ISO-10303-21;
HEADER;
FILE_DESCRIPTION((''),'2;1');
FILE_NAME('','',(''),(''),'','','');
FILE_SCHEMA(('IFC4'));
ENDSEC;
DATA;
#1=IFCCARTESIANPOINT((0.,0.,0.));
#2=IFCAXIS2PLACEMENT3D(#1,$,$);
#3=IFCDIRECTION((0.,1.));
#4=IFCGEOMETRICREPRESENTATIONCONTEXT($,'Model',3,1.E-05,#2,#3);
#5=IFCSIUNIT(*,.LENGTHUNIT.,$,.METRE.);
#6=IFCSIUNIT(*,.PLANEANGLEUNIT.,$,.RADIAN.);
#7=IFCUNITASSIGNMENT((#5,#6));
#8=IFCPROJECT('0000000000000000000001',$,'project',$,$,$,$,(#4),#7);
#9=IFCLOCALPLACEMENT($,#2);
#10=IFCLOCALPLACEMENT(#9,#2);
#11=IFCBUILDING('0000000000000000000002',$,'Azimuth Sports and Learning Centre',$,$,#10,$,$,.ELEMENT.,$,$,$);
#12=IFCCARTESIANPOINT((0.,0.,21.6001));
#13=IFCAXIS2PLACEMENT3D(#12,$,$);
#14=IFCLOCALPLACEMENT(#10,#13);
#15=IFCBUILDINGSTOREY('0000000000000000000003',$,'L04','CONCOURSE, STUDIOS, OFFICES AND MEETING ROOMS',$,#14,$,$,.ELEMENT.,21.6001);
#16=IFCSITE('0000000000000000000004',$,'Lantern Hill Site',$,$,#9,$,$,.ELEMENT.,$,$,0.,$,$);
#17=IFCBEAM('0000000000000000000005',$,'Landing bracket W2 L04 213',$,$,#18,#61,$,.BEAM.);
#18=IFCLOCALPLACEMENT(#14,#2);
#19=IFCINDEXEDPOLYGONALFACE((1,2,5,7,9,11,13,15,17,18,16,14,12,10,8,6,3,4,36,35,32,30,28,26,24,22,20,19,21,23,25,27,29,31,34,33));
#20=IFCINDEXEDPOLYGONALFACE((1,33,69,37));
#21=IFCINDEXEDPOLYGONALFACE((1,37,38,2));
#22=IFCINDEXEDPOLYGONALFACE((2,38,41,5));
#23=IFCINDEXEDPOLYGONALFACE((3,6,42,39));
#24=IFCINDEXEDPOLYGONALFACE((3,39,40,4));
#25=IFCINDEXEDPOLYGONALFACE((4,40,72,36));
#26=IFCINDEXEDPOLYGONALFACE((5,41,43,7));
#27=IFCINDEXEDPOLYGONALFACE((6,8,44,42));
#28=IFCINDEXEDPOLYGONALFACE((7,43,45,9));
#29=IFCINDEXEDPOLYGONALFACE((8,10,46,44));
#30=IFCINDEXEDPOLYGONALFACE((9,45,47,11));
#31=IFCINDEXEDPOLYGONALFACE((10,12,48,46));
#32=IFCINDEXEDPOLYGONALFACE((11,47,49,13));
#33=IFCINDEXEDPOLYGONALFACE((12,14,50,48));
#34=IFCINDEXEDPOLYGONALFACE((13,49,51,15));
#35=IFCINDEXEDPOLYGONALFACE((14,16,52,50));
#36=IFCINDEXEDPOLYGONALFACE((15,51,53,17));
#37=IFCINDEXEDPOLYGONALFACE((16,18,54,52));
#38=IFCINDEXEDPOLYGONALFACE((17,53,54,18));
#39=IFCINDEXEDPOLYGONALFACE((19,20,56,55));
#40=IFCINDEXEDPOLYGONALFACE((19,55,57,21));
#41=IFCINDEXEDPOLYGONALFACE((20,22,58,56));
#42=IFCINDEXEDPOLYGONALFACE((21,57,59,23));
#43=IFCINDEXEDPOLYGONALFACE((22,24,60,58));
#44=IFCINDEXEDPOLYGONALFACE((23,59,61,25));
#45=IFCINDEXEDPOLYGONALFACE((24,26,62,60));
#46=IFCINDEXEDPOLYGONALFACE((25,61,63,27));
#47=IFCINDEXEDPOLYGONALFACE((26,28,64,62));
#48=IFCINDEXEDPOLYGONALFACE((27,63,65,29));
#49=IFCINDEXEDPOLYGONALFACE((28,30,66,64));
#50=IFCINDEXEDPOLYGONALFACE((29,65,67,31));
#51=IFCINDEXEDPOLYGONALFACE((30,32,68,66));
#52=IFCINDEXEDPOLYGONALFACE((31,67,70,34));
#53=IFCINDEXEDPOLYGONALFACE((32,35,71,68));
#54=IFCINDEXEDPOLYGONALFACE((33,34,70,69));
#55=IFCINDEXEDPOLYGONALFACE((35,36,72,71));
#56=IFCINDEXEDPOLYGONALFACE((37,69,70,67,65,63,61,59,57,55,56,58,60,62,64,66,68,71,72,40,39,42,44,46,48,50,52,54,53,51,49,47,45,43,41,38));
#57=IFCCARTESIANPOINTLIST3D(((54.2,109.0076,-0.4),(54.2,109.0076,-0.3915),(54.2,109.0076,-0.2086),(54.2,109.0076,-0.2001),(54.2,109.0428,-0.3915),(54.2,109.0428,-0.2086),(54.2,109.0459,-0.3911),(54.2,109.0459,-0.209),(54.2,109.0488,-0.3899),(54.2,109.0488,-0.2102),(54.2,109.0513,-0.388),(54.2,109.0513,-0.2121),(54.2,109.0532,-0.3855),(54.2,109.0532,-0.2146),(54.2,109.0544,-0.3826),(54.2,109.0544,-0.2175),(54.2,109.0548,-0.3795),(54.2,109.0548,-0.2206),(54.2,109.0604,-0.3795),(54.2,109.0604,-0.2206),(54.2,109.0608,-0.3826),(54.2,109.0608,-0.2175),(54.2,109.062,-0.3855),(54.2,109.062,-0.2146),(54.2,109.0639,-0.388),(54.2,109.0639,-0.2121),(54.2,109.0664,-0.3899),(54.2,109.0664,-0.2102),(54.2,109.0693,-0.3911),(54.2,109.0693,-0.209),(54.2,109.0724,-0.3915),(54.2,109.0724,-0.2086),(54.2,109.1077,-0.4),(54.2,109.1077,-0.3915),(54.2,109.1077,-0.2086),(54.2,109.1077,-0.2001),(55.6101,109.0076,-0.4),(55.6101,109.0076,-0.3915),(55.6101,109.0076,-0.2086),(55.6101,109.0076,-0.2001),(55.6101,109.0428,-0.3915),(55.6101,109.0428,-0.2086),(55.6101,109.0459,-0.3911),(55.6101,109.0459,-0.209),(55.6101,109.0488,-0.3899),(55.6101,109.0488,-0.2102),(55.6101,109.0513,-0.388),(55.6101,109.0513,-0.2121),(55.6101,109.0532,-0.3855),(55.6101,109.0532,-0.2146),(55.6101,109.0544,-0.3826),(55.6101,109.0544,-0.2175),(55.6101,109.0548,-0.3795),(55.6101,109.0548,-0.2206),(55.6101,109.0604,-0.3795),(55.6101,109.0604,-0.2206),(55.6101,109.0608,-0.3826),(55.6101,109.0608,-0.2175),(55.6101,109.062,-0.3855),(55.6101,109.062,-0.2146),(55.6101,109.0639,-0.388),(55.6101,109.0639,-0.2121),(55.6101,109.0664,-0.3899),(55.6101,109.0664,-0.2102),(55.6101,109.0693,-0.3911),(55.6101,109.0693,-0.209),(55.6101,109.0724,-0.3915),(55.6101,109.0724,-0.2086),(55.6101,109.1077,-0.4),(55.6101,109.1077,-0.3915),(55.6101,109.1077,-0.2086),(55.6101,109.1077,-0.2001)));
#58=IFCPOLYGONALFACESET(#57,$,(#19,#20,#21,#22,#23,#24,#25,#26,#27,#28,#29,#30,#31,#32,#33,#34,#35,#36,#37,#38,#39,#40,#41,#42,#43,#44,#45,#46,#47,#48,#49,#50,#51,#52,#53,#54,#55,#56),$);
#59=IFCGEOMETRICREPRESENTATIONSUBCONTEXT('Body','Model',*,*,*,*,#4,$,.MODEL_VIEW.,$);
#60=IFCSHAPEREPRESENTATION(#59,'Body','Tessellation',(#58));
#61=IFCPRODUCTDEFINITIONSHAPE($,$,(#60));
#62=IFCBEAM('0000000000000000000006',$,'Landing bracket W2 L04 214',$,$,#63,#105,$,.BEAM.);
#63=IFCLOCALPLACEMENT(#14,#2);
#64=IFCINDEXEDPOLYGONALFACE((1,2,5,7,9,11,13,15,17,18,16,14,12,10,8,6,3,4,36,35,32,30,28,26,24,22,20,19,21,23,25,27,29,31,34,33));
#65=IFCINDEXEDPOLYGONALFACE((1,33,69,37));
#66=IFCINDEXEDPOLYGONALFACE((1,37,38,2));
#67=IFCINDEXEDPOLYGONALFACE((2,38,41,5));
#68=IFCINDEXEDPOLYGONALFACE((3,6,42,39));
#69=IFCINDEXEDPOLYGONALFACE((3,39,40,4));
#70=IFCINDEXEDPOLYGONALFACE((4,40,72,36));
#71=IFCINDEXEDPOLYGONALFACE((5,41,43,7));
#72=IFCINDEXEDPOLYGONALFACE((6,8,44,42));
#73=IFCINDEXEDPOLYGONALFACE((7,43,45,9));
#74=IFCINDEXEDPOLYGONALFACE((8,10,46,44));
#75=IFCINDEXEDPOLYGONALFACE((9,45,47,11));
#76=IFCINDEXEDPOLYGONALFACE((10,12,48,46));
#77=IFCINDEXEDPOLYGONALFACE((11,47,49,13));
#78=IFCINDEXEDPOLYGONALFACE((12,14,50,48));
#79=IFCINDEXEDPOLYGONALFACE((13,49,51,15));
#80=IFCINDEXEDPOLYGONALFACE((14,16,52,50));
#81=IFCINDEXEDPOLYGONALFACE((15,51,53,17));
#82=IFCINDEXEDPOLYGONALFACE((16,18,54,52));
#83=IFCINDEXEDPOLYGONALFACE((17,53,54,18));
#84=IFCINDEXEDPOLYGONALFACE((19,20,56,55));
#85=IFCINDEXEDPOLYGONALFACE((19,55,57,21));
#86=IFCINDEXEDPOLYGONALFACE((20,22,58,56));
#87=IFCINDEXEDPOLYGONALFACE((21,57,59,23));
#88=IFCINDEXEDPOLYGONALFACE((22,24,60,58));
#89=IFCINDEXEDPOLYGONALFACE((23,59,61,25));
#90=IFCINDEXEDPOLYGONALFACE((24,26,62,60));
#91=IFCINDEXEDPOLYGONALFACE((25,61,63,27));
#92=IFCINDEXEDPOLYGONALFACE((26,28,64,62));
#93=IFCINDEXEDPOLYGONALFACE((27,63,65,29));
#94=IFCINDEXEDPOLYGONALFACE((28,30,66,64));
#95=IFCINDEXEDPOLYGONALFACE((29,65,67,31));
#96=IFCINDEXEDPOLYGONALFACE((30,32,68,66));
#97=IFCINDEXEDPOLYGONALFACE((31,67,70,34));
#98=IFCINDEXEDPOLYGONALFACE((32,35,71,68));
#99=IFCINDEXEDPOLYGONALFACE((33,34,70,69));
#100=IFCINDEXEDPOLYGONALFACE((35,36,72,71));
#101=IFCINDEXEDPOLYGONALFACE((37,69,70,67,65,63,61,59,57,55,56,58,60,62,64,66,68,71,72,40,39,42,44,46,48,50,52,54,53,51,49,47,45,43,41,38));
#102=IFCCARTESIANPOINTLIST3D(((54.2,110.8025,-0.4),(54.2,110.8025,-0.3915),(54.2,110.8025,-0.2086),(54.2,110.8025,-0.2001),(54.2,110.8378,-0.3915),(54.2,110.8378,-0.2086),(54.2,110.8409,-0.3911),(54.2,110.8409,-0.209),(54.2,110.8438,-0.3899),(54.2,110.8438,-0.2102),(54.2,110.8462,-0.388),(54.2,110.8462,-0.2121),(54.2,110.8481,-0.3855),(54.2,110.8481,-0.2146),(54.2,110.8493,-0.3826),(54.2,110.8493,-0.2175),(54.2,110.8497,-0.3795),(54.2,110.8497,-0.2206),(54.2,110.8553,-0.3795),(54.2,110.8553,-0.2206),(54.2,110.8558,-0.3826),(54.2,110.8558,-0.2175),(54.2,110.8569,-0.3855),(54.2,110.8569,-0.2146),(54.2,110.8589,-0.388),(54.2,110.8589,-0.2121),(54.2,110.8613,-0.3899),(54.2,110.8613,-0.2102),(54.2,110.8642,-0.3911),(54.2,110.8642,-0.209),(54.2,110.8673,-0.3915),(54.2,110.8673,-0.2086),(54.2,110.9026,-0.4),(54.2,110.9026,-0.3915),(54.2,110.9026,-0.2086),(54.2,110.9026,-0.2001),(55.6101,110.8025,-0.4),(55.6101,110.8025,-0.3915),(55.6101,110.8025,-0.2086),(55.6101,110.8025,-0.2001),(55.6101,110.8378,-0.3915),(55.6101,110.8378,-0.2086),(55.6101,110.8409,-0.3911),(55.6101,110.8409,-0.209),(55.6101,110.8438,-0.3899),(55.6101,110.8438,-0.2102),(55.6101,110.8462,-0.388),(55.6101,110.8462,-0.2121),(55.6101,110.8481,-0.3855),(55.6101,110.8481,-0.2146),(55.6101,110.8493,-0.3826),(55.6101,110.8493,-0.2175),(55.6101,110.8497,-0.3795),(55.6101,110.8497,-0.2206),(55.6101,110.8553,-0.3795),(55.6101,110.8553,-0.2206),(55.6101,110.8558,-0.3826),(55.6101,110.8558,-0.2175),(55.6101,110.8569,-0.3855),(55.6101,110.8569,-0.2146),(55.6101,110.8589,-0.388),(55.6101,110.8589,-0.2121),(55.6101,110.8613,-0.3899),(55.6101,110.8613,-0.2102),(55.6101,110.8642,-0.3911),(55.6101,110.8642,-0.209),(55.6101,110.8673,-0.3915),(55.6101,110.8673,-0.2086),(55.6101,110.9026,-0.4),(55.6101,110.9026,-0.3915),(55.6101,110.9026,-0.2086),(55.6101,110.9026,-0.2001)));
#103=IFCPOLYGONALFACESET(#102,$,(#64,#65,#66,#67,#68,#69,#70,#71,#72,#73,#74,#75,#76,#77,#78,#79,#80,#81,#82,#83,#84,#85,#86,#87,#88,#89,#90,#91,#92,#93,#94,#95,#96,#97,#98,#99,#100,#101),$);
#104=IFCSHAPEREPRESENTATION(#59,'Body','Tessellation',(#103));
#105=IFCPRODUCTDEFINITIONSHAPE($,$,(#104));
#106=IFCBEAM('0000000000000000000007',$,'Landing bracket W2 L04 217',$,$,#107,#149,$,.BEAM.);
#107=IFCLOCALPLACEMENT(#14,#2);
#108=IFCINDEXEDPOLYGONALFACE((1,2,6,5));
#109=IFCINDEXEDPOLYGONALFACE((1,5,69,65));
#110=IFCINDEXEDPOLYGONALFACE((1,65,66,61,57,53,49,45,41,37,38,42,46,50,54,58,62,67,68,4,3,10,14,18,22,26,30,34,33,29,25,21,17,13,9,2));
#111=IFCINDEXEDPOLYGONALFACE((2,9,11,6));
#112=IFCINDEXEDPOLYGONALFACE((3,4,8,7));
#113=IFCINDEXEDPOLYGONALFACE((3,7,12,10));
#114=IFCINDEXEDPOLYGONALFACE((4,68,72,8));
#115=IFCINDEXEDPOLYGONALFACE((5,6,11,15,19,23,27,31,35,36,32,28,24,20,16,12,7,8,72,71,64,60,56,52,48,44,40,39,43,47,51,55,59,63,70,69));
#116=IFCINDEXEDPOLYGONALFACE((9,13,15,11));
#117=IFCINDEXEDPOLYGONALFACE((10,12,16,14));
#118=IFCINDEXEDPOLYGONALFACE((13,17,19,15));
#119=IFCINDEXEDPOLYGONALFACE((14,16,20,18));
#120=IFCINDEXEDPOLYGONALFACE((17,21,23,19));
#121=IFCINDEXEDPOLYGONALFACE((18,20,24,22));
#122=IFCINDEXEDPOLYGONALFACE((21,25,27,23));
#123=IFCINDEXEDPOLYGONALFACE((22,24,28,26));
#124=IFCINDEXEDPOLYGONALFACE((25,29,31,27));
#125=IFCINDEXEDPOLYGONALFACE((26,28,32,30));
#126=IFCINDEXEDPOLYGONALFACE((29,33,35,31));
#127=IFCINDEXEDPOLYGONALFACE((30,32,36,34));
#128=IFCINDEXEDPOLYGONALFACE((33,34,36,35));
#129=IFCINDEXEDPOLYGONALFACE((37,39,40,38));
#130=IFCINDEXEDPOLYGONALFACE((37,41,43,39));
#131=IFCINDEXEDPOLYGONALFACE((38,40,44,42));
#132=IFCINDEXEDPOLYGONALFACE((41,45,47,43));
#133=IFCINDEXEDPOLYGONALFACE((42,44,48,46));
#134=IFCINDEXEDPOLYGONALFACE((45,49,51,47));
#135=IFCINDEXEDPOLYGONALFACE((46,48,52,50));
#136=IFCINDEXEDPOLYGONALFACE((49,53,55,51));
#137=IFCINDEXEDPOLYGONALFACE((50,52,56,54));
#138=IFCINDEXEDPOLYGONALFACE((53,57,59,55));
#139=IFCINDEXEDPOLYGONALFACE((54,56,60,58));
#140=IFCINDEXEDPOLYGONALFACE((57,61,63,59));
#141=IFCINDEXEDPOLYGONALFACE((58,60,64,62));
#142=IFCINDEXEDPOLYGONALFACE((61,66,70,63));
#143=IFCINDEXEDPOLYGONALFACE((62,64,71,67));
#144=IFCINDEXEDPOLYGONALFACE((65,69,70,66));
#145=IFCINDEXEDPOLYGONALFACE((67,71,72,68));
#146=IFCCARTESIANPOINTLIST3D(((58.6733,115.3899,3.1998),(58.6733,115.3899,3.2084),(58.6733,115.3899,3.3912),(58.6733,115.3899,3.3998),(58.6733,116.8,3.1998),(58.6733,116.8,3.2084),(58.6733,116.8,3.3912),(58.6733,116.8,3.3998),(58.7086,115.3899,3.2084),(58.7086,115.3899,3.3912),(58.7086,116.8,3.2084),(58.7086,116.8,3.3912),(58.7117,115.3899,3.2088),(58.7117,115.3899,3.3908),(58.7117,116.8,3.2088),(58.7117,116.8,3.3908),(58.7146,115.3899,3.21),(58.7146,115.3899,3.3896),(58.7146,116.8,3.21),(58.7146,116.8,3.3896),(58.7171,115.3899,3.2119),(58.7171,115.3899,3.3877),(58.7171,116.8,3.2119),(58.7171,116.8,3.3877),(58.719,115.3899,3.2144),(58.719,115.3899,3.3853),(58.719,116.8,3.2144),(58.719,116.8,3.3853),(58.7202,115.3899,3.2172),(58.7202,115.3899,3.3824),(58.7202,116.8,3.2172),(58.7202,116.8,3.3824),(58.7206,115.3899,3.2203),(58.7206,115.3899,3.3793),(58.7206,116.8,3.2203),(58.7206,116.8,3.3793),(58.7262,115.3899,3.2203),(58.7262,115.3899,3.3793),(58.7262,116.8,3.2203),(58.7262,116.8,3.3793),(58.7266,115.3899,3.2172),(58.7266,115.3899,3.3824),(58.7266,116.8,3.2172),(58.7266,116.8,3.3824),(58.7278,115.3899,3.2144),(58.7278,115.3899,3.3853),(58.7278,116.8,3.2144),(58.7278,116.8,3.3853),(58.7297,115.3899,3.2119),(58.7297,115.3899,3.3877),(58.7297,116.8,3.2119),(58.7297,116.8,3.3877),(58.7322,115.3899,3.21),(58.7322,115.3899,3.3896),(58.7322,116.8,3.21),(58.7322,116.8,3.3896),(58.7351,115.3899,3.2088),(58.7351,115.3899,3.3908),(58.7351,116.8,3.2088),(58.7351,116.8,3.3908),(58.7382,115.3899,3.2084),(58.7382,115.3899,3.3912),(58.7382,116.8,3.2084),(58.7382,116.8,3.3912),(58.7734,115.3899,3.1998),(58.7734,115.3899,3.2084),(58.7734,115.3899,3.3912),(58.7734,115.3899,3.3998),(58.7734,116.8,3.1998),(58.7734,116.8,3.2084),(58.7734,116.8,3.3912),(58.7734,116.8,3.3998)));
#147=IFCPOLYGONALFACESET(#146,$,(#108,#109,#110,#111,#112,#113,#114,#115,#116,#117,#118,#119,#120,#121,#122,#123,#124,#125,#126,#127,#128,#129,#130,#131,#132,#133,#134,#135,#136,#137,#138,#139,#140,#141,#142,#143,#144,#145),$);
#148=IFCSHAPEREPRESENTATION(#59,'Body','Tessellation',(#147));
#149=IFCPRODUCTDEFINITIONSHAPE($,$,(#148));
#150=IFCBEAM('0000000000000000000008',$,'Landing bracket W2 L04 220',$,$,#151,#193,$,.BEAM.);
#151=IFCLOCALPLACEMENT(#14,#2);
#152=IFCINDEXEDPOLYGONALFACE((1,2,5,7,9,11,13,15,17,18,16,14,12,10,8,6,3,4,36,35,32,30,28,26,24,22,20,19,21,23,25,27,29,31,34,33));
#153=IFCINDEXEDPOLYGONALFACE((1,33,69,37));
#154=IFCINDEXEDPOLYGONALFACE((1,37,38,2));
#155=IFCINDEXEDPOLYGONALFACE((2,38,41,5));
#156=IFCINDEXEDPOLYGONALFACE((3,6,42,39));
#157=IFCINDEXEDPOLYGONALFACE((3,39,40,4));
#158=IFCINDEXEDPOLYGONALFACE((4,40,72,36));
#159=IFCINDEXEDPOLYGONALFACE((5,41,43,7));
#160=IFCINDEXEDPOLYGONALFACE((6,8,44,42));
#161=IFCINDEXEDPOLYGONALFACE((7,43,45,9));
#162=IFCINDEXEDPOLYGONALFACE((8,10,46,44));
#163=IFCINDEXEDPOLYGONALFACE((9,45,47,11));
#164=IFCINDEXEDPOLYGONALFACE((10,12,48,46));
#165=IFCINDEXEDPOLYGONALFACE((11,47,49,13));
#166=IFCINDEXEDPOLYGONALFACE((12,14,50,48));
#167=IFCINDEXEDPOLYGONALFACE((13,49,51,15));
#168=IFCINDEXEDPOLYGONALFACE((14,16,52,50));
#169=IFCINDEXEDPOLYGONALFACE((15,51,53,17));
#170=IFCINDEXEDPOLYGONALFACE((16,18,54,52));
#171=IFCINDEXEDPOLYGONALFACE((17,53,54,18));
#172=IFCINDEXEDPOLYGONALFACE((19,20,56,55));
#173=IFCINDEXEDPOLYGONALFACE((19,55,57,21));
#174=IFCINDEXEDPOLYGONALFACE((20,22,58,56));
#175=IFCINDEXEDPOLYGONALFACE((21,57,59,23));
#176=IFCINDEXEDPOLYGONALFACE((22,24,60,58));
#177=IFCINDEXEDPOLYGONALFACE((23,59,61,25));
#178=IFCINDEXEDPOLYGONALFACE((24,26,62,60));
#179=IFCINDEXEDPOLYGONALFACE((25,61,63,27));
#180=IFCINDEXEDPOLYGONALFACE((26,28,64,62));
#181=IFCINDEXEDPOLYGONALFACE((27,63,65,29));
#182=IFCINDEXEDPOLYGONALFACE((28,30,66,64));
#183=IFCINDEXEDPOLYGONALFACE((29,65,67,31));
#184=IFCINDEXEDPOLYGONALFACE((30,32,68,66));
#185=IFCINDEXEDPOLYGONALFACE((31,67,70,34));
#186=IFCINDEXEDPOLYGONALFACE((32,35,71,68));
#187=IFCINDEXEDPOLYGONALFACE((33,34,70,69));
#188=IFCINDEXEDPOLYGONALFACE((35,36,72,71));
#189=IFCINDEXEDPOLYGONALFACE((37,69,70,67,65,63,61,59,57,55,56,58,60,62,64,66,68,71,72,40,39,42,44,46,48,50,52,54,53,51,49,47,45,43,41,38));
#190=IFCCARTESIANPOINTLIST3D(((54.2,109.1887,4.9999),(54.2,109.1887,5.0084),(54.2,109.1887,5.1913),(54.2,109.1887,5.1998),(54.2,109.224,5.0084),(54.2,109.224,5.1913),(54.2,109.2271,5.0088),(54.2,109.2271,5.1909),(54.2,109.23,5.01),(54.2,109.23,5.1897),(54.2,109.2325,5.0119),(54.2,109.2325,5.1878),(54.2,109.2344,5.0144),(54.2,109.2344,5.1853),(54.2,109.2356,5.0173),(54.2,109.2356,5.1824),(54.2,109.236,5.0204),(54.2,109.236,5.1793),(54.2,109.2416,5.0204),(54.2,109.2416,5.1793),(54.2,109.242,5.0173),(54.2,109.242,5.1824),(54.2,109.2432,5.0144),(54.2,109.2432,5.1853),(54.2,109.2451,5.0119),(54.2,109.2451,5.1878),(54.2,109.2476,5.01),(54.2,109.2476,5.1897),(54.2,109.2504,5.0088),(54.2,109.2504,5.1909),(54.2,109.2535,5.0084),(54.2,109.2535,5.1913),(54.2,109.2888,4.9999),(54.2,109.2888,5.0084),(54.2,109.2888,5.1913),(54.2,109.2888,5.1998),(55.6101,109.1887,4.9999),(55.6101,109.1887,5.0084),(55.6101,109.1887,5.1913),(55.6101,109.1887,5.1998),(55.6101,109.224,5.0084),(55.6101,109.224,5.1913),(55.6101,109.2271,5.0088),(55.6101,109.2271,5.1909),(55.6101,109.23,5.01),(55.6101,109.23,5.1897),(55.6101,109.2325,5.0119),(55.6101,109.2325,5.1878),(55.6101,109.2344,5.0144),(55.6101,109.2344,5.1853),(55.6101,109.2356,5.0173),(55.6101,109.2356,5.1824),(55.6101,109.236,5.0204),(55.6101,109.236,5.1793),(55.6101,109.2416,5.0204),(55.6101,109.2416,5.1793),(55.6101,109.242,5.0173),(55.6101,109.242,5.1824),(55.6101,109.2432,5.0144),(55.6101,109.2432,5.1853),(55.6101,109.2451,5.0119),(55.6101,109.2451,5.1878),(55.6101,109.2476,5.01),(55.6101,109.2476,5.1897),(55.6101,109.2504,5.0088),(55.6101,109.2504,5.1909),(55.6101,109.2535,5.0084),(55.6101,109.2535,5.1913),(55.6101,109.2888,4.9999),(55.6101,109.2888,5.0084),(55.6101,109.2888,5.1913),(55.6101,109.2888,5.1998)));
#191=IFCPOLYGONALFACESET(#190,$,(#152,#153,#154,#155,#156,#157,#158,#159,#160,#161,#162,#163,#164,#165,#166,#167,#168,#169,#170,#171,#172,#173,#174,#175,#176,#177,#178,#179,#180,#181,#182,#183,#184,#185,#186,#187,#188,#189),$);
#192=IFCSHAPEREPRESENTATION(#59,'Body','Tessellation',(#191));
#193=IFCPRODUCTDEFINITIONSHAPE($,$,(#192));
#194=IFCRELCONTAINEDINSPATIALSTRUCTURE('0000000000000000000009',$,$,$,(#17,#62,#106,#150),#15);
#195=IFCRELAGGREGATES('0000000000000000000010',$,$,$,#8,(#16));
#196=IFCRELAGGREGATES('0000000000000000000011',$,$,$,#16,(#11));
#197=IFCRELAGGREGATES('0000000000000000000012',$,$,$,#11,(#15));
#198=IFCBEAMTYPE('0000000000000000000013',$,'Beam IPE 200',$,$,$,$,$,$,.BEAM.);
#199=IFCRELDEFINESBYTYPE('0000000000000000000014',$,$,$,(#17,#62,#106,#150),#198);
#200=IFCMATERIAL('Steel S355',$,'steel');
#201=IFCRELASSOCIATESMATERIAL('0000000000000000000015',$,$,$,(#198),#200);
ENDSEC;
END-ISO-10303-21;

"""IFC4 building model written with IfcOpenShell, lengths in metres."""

from ifc_helpers import new_model, si_unit, direction, frame, origin, origin_2d, place, context, subcontext, project, spatial, i_section, extrude, material, material_profile, profile_set, type_object, element, save


model = new_model("IFC4")

# Units and contexts
model_context = context("Model", 3, precision=1e-05, world=origin(), true_north=direction((0.0, 1.0)))
body_context = subcontext(model_context, "Body", "Model", "MODEL_VIEW")
ifc_project = project(units=[si_unit("LENGTHUNIT", "METRE"), si_unit("PLANEANGLEUNIT", "RADIAN")], contexts=[model_context])

# Site, building, storey
site_placement = place(None, origin())
site = spatial("IfcSite", under=ifc_project, at=site_placement, Name="Lantern Hill Site", CompositionType="ELEMENT", RefElevation=0.0)
building_placement = place(site_placement, origin())
building = spatial("IfcBuilding", under=site, at=building_placement, Name="Azimuth Sports and Learning Centre", CompositionType="ELEMENT")
storey_placement = place(building_placement, frame((0.0, 0.0, 21.6001)))
storey = spatial("IfcBuildingStorey", under=building, at=storey_placement, Name="L04", Description="CONCOURSE, STUDIOS, OFFICES AND MEETING ROOMS", CompositionType="ELEMENT", Elevation=21.6001)

# Beams
ifc_material_1 = material(Name="Steel S355", Category="steel")
ifc_material_profile_1 = material_profile(ifc_material_1, i_section(OverallWidth=0.1001, OverallDepth=0.2, WebThickness=0.0056, FlangeThickness=0.0085, FilletRadius=0.012, at=origin_2d()), Name="IPE 200")
ifc_profile_set_1 = profile_set([ifc_material_profile_1], Name="Steel S355")
beam_type = type_object("IfcBeamType", Name="Beam IPE 200", PredefinedType="BEAM", material=ifc_profile_set_1)
for number, where, z_axis, x_axis, name in (
    (1, (54.2, 109.0576, -0.3), (1.0, 0.0, 0.0), (0.0, 1.0, 0.0), "Landing bracket W2 L04 213"),
    (2, (54.2, 110.8525, -0.3), (1.0, 0.0, 0.0), (0.0, 1.0, 0.0), "Landing bracket W2 L04 214"),
    (3, (58.7234, 116.8, 3.2998), (0.0, -1.0, 0.0), (1.0, 0.0, 0.0), "Landing bracket W2 L04 217"),
    (4, (54.2, 109.2388, 5.0999), (1.0, 0.0, 0.0), (0.0, 1.0, 0.0), "Landing bracket W2 L04 220"),
):
    element("IfcBeam", number, at=place(storey_placement, frame(where, z_axis=z_axis, x_axis=x_axis)), inside=storey, type_object=beam_type, Name=name, PredefinedType="BEAM", context=body_context, shape_type="SweptSolid", body=[
        extrude(i_section(OverallWidth=0.1001, OverallDepth=0.2, WebThickness=0.0056, FlangeThickness=0.0085, FilletRadius=0.012, at=origin_2d()), origin(), (0.0, 0.0, 1.0), 1.4102),
    ])

save(model, "model.ifc")
